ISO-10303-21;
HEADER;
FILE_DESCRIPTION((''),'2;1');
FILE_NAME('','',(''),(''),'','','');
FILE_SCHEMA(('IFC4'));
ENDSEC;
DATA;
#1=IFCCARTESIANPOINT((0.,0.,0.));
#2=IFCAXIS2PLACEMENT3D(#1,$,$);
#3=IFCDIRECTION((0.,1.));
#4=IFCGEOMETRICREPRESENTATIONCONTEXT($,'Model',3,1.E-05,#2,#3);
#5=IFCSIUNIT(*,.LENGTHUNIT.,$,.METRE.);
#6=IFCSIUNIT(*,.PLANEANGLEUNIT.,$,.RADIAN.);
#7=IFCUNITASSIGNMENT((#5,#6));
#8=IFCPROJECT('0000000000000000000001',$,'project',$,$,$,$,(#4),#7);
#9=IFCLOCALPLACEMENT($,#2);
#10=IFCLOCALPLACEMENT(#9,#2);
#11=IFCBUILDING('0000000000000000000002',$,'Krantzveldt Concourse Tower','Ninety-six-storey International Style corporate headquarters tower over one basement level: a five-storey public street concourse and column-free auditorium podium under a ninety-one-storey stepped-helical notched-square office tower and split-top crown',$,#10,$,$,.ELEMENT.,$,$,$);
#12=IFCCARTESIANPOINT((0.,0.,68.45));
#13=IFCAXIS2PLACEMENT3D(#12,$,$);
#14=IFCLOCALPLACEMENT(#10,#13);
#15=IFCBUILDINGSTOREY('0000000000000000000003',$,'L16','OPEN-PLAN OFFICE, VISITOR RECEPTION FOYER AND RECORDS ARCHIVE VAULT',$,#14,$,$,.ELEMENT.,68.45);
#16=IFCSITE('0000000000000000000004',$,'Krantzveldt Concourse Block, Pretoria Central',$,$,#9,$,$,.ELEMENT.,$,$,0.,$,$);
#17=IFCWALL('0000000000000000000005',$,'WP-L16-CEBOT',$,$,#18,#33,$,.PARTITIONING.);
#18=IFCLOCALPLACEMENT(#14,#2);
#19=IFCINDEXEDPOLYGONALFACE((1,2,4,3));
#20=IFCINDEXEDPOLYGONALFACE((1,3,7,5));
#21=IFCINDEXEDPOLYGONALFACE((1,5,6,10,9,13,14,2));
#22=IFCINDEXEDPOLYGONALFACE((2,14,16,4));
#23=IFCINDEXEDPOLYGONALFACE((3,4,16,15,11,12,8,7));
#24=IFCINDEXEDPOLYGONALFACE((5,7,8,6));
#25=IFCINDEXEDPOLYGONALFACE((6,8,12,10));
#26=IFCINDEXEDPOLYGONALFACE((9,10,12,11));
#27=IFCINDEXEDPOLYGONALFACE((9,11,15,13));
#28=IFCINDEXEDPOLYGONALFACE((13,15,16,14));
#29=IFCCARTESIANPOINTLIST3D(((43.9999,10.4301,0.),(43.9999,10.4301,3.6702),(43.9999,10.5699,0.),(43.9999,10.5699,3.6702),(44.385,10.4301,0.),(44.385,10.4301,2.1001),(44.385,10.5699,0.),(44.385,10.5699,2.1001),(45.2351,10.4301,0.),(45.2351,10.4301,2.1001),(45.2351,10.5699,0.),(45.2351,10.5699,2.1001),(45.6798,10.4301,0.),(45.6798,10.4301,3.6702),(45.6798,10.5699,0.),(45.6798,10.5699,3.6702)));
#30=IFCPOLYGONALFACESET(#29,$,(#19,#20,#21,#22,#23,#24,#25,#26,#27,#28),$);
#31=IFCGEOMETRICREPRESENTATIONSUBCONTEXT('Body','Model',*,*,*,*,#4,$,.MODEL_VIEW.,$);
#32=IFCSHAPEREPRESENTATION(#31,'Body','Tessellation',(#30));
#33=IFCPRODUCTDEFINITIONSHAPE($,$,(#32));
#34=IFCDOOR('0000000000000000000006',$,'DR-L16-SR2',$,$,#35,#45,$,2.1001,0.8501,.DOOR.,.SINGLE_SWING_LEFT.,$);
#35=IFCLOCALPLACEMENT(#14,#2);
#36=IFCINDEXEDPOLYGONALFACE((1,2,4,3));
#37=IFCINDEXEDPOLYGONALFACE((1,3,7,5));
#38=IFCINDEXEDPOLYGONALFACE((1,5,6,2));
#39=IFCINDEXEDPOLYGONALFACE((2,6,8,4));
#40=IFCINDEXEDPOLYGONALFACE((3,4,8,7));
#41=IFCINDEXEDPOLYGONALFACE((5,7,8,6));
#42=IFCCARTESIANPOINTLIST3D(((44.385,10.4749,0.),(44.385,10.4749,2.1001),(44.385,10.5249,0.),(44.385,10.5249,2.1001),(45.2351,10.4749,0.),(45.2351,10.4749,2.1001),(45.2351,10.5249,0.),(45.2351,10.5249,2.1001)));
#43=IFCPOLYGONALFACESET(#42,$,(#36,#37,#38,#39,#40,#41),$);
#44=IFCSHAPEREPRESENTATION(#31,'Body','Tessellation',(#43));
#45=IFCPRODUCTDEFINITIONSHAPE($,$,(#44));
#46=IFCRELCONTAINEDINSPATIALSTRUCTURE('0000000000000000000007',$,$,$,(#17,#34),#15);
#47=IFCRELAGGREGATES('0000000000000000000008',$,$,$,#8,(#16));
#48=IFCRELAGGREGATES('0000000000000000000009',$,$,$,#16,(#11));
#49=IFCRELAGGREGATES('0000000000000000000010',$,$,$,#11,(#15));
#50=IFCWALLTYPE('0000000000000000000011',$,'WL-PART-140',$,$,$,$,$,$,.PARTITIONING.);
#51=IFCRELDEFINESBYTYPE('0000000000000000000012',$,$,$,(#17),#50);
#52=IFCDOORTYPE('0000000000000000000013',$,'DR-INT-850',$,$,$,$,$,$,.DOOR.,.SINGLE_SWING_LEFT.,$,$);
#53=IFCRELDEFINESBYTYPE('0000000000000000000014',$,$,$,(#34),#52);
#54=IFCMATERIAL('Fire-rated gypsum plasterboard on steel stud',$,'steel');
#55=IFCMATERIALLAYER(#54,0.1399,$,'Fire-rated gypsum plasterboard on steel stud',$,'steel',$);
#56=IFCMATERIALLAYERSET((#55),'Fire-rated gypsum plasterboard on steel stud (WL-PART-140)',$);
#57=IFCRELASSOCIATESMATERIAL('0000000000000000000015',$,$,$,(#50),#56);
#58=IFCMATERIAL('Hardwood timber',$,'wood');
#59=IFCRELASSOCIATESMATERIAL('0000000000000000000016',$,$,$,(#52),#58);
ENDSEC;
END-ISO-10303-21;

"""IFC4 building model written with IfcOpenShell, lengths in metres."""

from ifc_helpers import new_model, si_unit, direction, frame, frame_2d, origin, place, context, subcontext, project, spatial, rectangle, extrude, material, layer, layer_set, type_object, element, fill, save


model = new_model("IFC4")

# Units and contexts
model_context = context("Model", 3, precision=1e-05, world=origin(), true_north=direction((0.0, 1.0)))
body_context = subcontext(model_context, "Body", "Model", "MODEL_VIEW")
ifc_project = project(units=[si_unit("LENGTHUNIT", "METRE"), si_unit("PLANEANGLEUNIT", "RADIAN")], contexts=[model_context])

# Site, building, storey
site_placement = place(None, origin())
site = spatial("IfcSite", under=ifc_project, at=site_placement, Name="Krantzveldt Concourse Block, Pretoria Central", CompositionType="ELEMENT", RefElevation=0.0)
building_placement = place(site_placement, origin())
building = spatial("IfcBuilding", under=site, at=building_placement, Name="Krantzveldt Concourse Tower", Description="Ninety-six-storey International Style corporate headquarters tower over one basement level: a five-storey public street concourse and column-free auditorium podium under a ninety-one-storey stepped-helical notched-square office tower and split-top crown", CompositionType="ELEMENT")
storey_placement = place(building_placement, frame((0.0, 0.0, 68.45)))
storey = spatial("IfcBuildingStorey", under=building, at=storey_placement, Name="L16", Description="OPEN-PLAN OFFICE, VISITOR RECEPTION FOYER AND RECORDS ARCHIVE VAULT", CompositionType="ELEMENT", Elevation=68.45)

# Shared definitions
ifc_material_1 = material(Name="Fire-rated gypsum plasterboard on steel stud", Category="steel")

# Shared definitions
ifc_layer_1 = layer(ifc_material_1, 0.1399, Name="Fire-rated gypsum plasterboard on steel stud", Category="steel")
ifc_layer_set_1 = layer_set([ifc_layer_1], Name="Fire-rated gypsum plasterboard on steel stud (WL-PART-140)")
wall_type_1 = type_object("IfcWallType", Name="WL-PART-140", PredefinedType="PARTITIONING", material=ifc_layer_set_1)
ifc_material_2 = material(Name="Hardwood timber", Category="wood")

# Wall, opening, door
wall_1_placement = place(storey_placement, frame((44.0, 10.5, 0.0), z_axis=(0.0, 0.0, 1.0), x_axis=(1.0, 0.0, 0.0)))
wall_1 = element("IfcWall", 1, at=wall_1_placement, inside=storey, type_object=wall_type_1, Name="WP-L16-CEBOT", PredefinedType="PARTITIONING", context=body_context, shape_type="SweptSolid", body=[
    extrude(rectangle(XDim=1.6799, YDim=0.1399, at=frame_2d((0.8398, 0.0))), origin(), (0.0, 0.0, 1.0), 3.6702),
])
opening_1_placement = place(wall_1_placement, frame((0.385, 0.0, 0.0)))
opening_1 = element("IfcOpeningElement", 2, at=opening_1_placement, cuts=wall_1, PredefinedType="OPENING", context=body_context, shape_type="SweptSolid", body=[
    extrude(rectangle(XDim=0.8501, YDim=2.1001, at=frame_2d((0.425, 1.05))), frame((0.0, 0.0801, 0.0), z_axis=(0.0, -1.0, 0.0), x_axis=(1.0, 0.0, 0.0)), (0.0, 0.0, 1.0), 0.1599),
])
door_type_1 = type_object("IfcDoorType", Name="DR-INT-850", OperationType="SINGLE_SWING_LEFT", PredefinedType="DOOR", material=ifc_material_2)
door_1_placement = place(opening_1_placement, origin())
door_1 = element("IfcDoor", 3, at=door_1_placement, inside=storey, type_object=door_type_1, Name="DR-L16-SR2", OperationType="SINGLE_SWING_LEFT", OverallHeight=2.1001, OverallWidth=0.8501, PredefinedType="DOOR", context=body_context, shape_type="SweptSolid", body=[
    extrude(rectangle(XDim=0.8501, YDim=2.1001, at=frame_2d((0.425, 1.05))), frame((0.0, 0.0249, 0.0), z_axis=(0.0, -1.0, 0.0), x_axis=(1.0, 0.0, 0.0)), (0.0, 0.0, 1.0), 0.05),
])
fill(opening_1, door_1)

save(model, "model.ifc")
